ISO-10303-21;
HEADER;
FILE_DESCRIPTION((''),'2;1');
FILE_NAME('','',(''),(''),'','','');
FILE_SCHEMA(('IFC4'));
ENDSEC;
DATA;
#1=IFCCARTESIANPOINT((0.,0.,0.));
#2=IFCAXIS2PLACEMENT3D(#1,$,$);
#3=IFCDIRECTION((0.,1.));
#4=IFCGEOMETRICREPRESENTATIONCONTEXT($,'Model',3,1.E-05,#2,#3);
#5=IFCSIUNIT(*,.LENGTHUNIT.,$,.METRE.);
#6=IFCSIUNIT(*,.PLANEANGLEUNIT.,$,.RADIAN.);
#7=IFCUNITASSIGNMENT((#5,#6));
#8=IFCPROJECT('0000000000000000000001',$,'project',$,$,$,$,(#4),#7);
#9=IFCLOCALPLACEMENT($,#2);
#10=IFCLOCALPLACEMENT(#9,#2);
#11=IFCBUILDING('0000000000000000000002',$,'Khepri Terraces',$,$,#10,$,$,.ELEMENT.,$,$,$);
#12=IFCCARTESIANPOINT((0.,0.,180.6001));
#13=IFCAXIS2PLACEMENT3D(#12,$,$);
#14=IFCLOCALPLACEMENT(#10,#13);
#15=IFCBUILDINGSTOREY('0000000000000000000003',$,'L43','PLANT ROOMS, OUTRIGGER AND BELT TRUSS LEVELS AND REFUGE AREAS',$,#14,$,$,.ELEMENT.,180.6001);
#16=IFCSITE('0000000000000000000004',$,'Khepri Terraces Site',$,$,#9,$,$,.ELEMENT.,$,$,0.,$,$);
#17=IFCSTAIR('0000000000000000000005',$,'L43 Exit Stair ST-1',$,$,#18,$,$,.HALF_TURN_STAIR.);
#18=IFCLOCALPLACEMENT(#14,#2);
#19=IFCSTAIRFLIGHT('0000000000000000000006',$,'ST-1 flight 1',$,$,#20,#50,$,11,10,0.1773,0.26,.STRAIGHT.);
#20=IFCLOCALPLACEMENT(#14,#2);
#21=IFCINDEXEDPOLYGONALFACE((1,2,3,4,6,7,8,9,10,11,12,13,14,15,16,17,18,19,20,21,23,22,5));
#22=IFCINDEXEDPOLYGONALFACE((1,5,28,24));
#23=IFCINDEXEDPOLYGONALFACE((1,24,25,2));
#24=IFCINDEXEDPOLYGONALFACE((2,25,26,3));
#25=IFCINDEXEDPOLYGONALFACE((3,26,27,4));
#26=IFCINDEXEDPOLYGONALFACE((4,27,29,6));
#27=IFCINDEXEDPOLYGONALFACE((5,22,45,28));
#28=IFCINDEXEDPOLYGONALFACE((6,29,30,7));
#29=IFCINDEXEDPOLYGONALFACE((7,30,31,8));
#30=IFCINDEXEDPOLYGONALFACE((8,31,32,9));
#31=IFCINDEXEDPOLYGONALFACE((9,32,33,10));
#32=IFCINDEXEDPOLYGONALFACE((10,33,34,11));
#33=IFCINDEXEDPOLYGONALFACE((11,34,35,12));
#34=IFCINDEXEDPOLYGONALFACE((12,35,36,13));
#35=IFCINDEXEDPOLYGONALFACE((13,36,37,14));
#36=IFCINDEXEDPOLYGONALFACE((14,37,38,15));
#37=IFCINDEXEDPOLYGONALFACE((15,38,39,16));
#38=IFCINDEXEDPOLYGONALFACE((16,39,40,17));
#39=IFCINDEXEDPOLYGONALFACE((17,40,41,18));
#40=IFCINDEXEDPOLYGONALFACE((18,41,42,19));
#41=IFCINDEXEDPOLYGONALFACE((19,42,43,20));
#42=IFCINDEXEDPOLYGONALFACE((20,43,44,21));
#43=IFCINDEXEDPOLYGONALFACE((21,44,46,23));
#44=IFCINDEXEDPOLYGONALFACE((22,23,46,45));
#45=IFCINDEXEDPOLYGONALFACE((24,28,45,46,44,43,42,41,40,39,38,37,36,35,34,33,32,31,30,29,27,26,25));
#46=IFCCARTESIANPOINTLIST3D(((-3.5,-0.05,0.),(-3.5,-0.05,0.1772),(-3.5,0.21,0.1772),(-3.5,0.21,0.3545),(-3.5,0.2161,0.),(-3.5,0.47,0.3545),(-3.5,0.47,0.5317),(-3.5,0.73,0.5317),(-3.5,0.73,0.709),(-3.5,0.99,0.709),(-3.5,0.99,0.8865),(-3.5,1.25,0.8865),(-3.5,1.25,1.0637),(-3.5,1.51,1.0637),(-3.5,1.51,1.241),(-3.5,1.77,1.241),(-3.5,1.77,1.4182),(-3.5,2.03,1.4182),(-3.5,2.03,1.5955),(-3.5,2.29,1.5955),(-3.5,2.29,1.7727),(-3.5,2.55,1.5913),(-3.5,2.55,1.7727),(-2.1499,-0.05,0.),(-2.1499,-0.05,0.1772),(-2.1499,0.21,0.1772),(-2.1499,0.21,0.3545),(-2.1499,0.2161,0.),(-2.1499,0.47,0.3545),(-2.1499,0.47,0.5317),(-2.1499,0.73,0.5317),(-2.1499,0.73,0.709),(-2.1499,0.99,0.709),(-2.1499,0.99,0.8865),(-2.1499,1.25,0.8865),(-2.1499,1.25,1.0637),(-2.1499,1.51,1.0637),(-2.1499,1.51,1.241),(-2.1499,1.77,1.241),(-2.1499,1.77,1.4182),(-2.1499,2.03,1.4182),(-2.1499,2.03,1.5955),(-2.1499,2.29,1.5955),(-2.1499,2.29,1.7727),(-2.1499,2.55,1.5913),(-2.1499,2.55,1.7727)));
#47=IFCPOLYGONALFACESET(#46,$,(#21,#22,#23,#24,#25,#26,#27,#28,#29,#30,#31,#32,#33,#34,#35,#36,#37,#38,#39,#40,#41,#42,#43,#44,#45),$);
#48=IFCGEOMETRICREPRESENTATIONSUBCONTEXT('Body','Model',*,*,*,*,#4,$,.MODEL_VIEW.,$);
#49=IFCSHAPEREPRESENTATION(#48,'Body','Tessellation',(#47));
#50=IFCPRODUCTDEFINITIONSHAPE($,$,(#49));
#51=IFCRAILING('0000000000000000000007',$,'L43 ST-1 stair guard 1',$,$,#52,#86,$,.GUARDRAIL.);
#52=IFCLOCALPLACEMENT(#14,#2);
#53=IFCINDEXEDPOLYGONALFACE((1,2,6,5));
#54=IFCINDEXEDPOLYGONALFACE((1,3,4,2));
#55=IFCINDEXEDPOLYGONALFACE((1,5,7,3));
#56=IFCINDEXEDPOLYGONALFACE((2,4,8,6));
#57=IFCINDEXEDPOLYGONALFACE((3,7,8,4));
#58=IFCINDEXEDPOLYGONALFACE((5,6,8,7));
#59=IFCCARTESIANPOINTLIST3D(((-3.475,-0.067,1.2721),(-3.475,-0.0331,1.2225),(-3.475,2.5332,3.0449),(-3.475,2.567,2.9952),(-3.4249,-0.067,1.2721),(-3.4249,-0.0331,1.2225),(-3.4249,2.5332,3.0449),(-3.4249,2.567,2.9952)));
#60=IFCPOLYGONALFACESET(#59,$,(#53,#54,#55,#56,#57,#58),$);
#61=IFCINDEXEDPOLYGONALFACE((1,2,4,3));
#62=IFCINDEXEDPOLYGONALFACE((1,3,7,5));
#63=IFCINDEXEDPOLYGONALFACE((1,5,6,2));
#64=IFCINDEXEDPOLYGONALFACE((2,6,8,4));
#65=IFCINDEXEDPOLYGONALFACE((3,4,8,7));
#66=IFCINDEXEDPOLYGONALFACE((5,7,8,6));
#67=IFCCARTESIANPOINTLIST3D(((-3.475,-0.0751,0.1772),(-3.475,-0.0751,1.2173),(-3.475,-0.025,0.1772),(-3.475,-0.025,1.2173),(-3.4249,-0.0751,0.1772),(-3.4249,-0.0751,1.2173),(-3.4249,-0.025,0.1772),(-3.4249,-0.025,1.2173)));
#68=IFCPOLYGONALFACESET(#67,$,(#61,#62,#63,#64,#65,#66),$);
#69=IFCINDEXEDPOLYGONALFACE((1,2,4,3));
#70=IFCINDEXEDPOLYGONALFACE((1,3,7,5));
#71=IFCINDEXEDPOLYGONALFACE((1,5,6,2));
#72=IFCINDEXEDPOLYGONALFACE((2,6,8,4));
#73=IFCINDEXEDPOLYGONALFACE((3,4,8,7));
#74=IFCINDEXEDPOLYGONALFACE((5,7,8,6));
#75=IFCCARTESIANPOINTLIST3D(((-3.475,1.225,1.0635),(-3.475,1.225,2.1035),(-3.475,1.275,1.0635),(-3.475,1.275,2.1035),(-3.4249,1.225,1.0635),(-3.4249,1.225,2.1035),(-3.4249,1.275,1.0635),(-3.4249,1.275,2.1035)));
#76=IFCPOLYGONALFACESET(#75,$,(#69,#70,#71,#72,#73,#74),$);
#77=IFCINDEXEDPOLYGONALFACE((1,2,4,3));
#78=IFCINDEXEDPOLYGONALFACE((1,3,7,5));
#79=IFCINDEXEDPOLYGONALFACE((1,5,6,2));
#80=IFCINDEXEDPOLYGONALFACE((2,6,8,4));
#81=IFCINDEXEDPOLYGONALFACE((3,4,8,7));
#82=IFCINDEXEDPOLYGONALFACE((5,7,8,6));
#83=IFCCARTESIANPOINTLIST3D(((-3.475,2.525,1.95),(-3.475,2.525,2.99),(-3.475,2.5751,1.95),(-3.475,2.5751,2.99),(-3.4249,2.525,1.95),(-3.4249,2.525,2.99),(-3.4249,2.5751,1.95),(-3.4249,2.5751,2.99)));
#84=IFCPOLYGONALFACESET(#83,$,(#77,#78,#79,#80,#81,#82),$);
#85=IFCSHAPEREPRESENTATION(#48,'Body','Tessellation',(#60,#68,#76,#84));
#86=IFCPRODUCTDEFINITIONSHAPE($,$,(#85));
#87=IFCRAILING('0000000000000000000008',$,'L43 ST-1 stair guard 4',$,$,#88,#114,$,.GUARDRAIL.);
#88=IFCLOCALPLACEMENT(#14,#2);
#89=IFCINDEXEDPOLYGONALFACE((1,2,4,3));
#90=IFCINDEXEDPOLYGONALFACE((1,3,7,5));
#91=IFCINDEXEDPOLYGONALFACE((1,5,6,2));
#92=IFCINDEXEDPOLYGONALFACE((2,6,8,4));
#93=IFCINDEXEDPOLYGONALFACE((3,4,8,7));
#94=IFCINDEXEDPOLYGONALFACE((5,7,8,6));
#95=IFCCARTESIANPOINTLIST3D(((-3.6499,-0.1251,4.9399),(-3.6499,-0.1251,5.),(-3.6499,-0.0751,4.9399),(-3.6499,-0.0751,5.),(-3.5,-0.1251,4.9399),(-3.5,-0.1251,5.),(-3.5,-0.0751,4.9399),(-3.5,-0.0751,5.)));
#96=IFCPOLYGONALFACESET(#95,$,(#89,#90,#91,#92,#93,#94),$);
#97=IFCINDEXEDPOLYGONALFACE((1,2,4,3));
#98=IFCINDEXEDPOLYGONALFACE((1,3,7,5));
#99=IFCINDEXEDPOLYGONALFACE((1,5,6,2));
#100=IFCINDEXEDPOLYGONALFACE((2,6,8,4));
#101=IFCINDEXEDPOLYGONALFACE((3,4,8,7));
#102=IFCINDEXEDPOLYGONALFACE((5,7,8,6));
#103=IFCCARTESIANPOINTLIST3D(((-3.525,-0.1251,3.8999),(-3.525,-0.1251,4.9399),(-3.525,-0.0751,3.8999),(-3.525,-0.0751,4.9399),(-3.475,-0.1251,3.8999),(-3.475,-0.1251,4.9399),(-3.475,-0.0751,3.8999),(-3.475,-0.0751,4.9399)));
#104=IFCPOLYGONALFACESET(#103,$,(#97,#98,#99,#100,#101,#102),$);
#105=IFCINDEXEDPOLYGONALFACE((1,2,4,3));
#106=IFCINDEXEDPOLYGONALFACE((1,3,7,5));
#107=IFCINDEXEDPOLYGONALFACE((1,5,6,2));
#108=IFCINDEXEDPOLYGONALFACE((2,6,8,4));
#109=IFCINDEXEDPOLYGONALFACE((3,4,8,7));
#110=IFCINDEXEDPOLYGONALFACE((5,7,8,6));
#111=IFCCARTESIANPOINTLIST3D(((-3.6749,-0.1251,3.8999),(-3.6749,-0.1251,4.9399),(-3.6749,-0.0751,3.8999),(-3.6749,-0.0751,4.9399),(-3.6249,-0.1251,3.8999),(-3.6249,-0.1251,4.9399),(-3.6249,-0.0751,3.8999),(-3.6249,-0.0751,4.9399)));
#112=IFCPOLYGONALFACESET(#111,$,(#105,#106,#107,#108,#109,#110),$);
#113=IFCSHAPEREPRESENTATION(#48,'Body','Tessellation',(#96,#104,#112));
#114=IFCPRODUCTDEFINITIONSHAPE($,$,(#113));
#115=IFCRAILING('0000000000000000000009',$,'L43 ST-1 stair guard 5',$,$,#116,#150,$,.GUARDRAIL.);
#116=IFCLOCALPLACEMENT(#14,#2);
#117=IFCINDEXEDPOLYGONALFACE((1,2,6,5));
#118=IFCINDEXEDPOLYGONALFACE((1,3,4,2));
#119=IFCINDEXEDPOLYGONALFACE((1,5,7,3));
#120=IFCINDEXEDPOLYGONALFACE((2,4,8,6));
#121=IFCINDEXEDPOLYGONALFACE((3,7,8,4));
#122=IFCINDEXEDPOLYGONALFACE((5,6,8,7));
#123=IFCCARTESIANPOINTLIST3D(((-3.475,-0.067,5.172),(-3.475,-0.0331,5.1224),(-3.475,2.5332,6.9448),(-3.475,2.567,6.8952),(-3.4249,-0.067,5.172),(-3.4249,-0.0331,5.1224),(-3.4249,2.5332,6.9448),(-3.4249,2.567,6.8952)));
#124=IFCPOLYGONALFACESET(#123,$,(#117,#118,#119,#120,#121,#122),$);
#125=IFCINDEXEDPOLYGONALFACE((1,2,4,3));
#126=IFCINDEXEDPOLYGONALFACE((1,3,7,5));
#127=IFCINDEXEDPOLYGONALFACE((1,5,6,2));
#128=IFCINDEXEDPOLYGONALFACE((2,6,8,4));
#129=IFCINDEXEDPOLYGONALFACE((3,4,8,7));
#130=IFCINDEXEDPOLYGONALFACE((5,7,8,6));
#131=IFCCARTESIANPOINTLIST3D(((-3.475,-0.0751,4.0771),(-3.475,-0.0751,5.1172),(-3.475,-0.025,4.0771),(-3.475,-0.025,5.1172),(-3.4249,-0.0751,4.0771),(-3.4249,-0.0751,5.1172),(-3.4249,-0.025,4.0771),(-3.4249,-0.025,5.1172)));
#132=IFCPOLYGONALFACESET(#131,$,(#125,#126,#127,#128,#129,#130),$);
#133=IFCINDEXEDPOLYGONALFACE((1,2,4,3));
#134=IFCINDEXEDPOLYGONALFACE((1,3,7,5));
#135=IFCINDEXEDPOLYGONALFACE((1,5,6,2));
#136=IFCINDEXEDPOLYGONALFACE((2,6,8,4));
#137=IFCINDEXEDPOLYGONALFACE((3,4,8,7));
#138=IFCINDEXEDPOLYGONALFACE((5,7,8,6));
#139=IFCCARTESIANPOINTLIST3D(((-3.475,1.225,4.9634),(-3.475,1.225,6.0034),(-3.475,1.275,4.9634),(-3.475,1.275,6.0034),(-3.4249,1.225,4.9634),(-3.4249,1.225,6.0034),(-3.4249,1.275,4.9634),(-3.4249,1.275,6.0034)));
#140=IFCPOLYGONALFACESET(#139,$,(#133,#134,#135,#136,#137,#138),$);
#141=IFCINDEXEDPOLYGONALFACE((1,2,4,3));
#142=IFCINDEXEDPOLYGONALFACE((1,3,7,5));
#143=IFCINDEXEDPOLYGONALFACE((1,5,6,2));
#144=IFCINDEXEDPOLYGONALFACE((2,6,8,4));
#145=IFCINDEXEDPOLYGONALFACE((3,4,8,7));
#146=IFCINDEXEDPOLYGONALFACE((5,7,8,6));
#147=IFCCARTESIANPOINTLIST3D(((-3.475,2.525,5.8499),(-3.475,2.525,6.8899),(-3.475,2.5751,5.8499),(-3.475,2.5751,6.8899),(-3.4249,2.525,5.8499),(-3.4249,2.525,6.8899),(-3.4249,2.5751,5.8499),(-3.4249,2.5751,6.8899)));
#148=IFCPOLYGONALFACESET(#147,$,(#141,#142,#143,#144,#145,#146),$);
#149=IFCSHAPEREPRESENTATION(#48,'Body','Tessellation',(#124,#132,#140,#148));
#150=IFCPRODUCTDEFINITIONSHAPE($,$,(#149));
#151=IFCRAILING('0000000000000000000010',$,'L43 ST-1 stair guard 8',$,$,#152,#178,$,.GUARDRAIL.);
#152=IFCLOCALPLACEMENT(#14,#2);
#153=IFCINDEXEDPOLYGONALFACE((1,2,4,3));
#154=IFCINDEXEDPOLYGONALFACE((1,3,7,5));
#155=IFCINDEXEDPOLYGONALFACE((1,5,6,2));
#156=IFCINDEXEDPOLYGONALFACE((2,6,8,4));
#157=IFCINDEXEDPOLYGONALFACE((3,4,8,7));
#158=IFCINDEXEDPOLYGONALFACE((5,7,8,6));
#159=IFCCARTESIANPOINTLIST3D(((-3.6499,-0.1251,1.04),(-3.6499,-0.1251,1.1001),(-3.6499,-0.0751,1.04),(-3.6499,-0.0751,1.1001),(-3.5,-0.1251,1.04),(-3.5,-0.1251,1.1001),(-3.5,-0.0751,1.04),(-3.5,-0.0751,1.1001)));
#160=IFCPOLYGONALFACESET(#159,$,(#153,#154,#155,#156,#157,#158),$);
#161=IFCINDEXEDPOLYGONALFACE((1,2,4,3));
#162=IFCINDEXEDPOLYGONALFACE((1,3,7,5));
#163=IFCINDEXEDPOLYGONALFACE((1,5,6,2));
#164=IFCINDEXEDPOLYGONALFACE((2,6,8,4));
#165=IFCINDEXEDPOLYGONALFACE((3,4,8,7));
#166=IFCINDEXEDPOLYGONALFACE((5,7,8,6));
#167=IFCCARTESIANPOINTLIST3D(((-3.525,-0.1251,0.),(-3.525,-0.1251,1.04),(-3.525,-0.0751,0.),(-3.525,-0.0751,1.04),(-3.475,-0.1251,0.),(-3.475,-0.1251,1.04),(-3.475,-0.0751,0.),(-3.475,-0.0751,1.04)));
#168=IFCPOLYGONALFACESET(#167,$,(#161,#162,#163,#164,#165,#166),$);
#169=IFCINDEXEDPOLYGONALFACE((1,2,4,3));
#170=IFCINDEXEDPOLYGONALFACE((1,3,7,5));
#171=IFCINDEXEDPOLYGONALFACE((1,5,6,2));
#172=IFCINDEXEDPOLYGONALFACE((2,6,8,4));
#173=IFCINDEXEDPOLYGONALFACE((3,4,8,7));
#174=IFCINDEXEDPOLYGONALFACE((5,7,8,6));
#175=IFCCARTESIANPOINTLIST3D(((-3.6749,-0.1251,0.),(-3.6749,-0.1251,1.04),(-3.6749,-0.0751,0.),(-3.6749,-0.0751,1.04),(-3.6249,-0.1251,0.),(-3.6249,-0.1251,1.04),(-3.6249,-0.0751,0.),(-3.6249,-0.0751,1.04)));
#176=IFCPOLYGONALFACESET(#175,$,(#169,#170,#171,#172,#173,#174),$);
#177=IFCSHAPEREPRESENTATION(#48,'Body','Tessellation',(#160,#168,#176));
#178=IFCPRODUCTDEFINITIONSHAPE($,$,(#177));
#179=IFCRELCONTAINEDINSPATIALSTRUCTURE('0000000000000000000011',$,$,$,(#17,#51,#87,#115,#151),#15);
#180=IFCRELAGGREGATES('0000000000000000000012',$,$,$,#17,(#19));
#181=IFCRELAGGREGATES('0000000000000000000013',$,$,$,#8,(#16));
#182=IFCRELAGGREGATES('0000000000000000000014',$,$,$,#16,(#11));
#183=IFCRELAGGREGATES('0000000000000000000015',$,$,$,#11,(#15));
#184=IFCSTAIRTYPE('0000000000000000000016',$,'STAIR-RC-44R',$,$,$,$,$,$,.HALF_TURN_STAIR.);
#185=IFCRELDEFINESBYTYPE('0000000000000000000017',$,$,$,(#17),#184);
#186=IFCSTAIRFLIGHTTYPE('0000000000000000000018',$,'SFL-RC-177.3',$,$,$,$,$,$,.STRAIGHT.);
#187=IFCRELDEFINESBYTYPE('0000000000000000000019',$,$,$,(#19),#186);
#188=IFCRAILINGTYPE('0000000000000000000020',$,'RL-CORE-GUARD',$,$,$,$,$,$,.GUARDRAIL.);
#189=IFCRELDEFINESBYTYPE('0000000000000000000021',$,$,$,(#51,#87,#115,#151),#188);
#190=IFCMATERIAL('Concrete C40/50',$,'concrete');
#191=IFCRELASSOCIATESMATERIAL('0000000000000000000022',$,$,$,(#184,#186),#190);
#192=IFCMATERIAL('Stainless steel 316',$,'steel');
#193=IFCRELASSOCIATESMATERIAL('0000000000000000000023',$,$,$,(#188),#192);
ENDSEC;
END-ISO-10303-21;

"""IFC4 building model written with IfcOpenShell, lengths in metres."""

from ifc_helpers import new_model, si_unit, direction, frame, origin, origin_2d, place, context, subcontext, project, spatial, polyline, rectangle, outline, extrude, material, type_object, element, aggregate, save


model = new_model("IFC4")

# Units and contexts
model_context = context("Model", 3, precision=1e-05, world=origin(), true_north=direction((0.0, 1.0)))
body_context = subcontext(model_context, "Body", "Model", "MODEL_VIEW")
ifc_project = project(units=[si_unit("LENGTHUNIT", "METRE"), si_unit("PLANEANGLEUNIT", "RADIAN")], contexts=[model_context])

# Site, building, storey
site_placement = place(None, origin())
site = spatial("IfcSite", under=ifc_project, at=site_placement, Name="Khepri Terraces Site", CompositionType="ELEMENT", RefElevation=0.0)
building_placement = place(site_placement, origin())
building = spatial("IfcBuilding", under=site, at=building_placement, Name="Khepri Terraces", CompositionType="ELEMENT")
storey_placement = place(building_placement, frame((0.0, 0.0, 180.6001)))
storey = spatial("IfcBuildingStorey", under=building, at=storey_placement, Name="L43", Description="PLANT ROOMS, OUTRIGGER AND BELT TRUSS LEVELS AND REFUGE AREAS", CompositionType="ELEMENT", Elevation=180.6001)

# Stair, stair flight
ifc_material_1 = material(Name="Concrete C40/50", Category="concrete")
stair_type = type_object("IfcStairType", Name="STAIR-RC-44R", PredefinedType="HALF_TURN_STAIR", material=ifc_material_1)
stair_placement = place(storey_placement, origin())
stair = element("IfcStair", 1, at=stair_placement, inside=storey, type_object=stair_type, Name="L43 Exit Stair ST-1", PredefinedType="HALF_TURN_STAIR")
stair_flight_type = type_object("IfcStairFlightType", Name="SFL-RC-177.3", PredefinedType="STRAIGHT", material=ifc_material_1)
stair_flight_placement = place(storey_placement, frame((-2.825, -0.05, 0.0), z_axis=(0.0, 0.0, 1.0), x_axis=(0.0, 1.0, 0.0)))
stair_flight = element("IfcStairFlight", 2, at=stair_flight_placement, type_object=stair_flight_type, Name="ST-1 flight 1", NumberOfRisers=11, NumberOfTreads=10, PredefinedType="STRAIGHT", RiserHeight=0.1773, TreadLength=0.26, context=body_context, shape_type="SweptSolid", body=[
    extrude(outline(polyline([(0.0, 0.0), (0.0, 0.1772), (0.26, 0.1772), (0.26, 0.3545), (0.52, 0.3545), (0.52, 0.5317), (0.78, 0.5317), (0.78, 0.709), (1.04, 0.709), (1.04, 0.8865), (1.3, 0.8865), (1.3, 1.0637), (1.5601, 1.0637), (1.5601, 1.241), (1.8201, 1.241), (1.8201, 1.4182), (2.0801, 1.4182), (2.0801, 1.5955), (2.3401, 1.5955), (2.3401, 1.7727), (2.6001, 1.7727), (2.6001, 1.95), (2.6001, 1.5913), (0.2661, 0.0), (0.0, 0.0)])), frame((0.0, 0.675, 0.0), z_axis=(0.0, -1.0, 0.0), x_axis=(1.0, 0.0, 0.0)), (0.0, 0.0, 1.0), 1.3501),
])
aggregate(stair, [stair_flight])

# Railings
ifc_material_2 = material(Name="Stainless steel 316", Category="steel")
railing_type = type_object("IfcRailingType", Name="RL-CORE-GUARD", PredefinedType="GUARDRAIL", material=ifc_material_2)
railing_1_placement = place(storey_placement, frame((-3.45, -0.05, 0.1772)))
element("IfcRailing", 3, at=railing_1_placement, inside=storey, type_object=railing_type, Name="L43 ST-1 stair guard 1", PredefinedType="GUARDRAIL", context=body_context, shape_type="SweptSolid", body=[
    extrude(rectangle(XDim=0.05, YDim=0.0601, at=origin_2d()), frame((0.0, 0.0, 1.0701), z_axis=(0.0, 0.82624, 0.563318), x_axis=(-1.0, 0.0, 0.0)), (0.0, 0.0, 1.0), 3.147),
    extrude(rectangle(XDim=0.05, YDim=0.05, at=origin_2d()), origin(), (0.0, 0.0, 1.0), 1.04),
    extrude(rectangle(XDim=0.05, YDim=0.05, at=origin_2d()), frame((0.0, 1.3, 0.8862)), (0.0, 0.0, 1.0), 1.04),
    extrude(rectangle(XDim=0.05, YDim=0.05, at=origin_2d()), frame((0.0, 2.6001, 1.7727)), (0.0, 0.0, 1.0), 1.04),
])
railing_2_placement = place(storey_placement, frame((-3.5, -0.1001, 3.8999)))
element("IfcRailing", 4, at=railing_2_placement, inside=storey, type_object=railing_type, Name="L43 ST-1 stair guard 4", PredefinedType="GUARDRAIL", context=body_context, shape_type="SweptSolid", body=[
    extrude(rectangle(XDim=0.05, YDim=0.0601, at=origin_2d()), frame((0.0, 0.0, 1.0701), z_axis=(-1.0, 0.0, 0.0), x_axis=(0.0, -1.0, 0.0)), (0.0, 0.0, 1.0), 0.1499),
    extrude(rectangle(XDim=0.05, YDim=0.05, at=origin_2d()), origin(), (0.0, 0.0, 1.0), 1.04),
    extrude(rectangle(XDim=0.05, YDim=0.05, at=origin_2d()), frame((-0.1499, 0.0, 0.0)), (0.0, 0.0, 1.0), 1.04),
])
railing_3_placement = place(storey_placement, frame((-3.45, -0.05, 4.0771)))
element("IfcRailing", 5, at=railing_3_placement, inside=storey, type_object=railing_type, Name="L43 ST-1 stair guard 5", PredefinedType="GUARDRAIL", context=body_context, shape_type="SweptSolid", body=[
    extrude(rectangle(XDim=0.05, YDim=0.0601, at=origin_2d()), frame((0.0, 0.0, 1.0701), z_axis=(0.0, 0.82624, 0.563318), x_axis=(-1.0, 0.0, 0.0)), (0.0, 0.0, 1.0), 3.147),
    extrude(rectangle(XDim=0.05, YDim=0.05, at=origin_2d()), origin(), (0.0, 0.0, 1.0), 1.04),
    extrude(rectangle(XDim=0.05, YDim=0.05, at=origin_2d()), frame((0.0, 1.3, 0.8862)), (0.0, 0.0, 1.0), 1.04),
    extrude(rectangle(XDim=0.05, YDim=0.05, at=origin_2d()), frame((0.0, 2.6001, 1.7727)), (0.0, 0.0, 1.0), 1.04),
])
railing_4_placement = place(storey_placement, frame((-3.5, -0.1001, 0.0)))
element("IfcRailing", 6, at=railing_4_placement, inside=storey, type_object=railing_type, Name="L43 ST-1 stair guard 8", PredefinedType="GUARDRAIL", context=body_context, shape_type="SweptSolid", body=[
    extrude(rectangle(XDim=0.05, YDim=0.0601, at=origin_2d()), frame((0.0, 0.0, 1.0701), z_axis=(-1.0, 0.0, 0.0), x_axis=(0.0, -1.0, 0.0)), (0.0, 0.0, 1.0), 0.1499),
    extrude(rectangle(XDim=0.05, YDim=0.05, at=origin_2d()), origin(), (0.0, 0.0, 1.0), 1.04),
    extrude(rectangle(XDim=0.05, YDim=0.05, at=origin_2d()), frame((-0.1499, 0.0, 0.0)), (0.0, 0.0, 1.0), 1.04),
])

save(model, "model.ifc")
